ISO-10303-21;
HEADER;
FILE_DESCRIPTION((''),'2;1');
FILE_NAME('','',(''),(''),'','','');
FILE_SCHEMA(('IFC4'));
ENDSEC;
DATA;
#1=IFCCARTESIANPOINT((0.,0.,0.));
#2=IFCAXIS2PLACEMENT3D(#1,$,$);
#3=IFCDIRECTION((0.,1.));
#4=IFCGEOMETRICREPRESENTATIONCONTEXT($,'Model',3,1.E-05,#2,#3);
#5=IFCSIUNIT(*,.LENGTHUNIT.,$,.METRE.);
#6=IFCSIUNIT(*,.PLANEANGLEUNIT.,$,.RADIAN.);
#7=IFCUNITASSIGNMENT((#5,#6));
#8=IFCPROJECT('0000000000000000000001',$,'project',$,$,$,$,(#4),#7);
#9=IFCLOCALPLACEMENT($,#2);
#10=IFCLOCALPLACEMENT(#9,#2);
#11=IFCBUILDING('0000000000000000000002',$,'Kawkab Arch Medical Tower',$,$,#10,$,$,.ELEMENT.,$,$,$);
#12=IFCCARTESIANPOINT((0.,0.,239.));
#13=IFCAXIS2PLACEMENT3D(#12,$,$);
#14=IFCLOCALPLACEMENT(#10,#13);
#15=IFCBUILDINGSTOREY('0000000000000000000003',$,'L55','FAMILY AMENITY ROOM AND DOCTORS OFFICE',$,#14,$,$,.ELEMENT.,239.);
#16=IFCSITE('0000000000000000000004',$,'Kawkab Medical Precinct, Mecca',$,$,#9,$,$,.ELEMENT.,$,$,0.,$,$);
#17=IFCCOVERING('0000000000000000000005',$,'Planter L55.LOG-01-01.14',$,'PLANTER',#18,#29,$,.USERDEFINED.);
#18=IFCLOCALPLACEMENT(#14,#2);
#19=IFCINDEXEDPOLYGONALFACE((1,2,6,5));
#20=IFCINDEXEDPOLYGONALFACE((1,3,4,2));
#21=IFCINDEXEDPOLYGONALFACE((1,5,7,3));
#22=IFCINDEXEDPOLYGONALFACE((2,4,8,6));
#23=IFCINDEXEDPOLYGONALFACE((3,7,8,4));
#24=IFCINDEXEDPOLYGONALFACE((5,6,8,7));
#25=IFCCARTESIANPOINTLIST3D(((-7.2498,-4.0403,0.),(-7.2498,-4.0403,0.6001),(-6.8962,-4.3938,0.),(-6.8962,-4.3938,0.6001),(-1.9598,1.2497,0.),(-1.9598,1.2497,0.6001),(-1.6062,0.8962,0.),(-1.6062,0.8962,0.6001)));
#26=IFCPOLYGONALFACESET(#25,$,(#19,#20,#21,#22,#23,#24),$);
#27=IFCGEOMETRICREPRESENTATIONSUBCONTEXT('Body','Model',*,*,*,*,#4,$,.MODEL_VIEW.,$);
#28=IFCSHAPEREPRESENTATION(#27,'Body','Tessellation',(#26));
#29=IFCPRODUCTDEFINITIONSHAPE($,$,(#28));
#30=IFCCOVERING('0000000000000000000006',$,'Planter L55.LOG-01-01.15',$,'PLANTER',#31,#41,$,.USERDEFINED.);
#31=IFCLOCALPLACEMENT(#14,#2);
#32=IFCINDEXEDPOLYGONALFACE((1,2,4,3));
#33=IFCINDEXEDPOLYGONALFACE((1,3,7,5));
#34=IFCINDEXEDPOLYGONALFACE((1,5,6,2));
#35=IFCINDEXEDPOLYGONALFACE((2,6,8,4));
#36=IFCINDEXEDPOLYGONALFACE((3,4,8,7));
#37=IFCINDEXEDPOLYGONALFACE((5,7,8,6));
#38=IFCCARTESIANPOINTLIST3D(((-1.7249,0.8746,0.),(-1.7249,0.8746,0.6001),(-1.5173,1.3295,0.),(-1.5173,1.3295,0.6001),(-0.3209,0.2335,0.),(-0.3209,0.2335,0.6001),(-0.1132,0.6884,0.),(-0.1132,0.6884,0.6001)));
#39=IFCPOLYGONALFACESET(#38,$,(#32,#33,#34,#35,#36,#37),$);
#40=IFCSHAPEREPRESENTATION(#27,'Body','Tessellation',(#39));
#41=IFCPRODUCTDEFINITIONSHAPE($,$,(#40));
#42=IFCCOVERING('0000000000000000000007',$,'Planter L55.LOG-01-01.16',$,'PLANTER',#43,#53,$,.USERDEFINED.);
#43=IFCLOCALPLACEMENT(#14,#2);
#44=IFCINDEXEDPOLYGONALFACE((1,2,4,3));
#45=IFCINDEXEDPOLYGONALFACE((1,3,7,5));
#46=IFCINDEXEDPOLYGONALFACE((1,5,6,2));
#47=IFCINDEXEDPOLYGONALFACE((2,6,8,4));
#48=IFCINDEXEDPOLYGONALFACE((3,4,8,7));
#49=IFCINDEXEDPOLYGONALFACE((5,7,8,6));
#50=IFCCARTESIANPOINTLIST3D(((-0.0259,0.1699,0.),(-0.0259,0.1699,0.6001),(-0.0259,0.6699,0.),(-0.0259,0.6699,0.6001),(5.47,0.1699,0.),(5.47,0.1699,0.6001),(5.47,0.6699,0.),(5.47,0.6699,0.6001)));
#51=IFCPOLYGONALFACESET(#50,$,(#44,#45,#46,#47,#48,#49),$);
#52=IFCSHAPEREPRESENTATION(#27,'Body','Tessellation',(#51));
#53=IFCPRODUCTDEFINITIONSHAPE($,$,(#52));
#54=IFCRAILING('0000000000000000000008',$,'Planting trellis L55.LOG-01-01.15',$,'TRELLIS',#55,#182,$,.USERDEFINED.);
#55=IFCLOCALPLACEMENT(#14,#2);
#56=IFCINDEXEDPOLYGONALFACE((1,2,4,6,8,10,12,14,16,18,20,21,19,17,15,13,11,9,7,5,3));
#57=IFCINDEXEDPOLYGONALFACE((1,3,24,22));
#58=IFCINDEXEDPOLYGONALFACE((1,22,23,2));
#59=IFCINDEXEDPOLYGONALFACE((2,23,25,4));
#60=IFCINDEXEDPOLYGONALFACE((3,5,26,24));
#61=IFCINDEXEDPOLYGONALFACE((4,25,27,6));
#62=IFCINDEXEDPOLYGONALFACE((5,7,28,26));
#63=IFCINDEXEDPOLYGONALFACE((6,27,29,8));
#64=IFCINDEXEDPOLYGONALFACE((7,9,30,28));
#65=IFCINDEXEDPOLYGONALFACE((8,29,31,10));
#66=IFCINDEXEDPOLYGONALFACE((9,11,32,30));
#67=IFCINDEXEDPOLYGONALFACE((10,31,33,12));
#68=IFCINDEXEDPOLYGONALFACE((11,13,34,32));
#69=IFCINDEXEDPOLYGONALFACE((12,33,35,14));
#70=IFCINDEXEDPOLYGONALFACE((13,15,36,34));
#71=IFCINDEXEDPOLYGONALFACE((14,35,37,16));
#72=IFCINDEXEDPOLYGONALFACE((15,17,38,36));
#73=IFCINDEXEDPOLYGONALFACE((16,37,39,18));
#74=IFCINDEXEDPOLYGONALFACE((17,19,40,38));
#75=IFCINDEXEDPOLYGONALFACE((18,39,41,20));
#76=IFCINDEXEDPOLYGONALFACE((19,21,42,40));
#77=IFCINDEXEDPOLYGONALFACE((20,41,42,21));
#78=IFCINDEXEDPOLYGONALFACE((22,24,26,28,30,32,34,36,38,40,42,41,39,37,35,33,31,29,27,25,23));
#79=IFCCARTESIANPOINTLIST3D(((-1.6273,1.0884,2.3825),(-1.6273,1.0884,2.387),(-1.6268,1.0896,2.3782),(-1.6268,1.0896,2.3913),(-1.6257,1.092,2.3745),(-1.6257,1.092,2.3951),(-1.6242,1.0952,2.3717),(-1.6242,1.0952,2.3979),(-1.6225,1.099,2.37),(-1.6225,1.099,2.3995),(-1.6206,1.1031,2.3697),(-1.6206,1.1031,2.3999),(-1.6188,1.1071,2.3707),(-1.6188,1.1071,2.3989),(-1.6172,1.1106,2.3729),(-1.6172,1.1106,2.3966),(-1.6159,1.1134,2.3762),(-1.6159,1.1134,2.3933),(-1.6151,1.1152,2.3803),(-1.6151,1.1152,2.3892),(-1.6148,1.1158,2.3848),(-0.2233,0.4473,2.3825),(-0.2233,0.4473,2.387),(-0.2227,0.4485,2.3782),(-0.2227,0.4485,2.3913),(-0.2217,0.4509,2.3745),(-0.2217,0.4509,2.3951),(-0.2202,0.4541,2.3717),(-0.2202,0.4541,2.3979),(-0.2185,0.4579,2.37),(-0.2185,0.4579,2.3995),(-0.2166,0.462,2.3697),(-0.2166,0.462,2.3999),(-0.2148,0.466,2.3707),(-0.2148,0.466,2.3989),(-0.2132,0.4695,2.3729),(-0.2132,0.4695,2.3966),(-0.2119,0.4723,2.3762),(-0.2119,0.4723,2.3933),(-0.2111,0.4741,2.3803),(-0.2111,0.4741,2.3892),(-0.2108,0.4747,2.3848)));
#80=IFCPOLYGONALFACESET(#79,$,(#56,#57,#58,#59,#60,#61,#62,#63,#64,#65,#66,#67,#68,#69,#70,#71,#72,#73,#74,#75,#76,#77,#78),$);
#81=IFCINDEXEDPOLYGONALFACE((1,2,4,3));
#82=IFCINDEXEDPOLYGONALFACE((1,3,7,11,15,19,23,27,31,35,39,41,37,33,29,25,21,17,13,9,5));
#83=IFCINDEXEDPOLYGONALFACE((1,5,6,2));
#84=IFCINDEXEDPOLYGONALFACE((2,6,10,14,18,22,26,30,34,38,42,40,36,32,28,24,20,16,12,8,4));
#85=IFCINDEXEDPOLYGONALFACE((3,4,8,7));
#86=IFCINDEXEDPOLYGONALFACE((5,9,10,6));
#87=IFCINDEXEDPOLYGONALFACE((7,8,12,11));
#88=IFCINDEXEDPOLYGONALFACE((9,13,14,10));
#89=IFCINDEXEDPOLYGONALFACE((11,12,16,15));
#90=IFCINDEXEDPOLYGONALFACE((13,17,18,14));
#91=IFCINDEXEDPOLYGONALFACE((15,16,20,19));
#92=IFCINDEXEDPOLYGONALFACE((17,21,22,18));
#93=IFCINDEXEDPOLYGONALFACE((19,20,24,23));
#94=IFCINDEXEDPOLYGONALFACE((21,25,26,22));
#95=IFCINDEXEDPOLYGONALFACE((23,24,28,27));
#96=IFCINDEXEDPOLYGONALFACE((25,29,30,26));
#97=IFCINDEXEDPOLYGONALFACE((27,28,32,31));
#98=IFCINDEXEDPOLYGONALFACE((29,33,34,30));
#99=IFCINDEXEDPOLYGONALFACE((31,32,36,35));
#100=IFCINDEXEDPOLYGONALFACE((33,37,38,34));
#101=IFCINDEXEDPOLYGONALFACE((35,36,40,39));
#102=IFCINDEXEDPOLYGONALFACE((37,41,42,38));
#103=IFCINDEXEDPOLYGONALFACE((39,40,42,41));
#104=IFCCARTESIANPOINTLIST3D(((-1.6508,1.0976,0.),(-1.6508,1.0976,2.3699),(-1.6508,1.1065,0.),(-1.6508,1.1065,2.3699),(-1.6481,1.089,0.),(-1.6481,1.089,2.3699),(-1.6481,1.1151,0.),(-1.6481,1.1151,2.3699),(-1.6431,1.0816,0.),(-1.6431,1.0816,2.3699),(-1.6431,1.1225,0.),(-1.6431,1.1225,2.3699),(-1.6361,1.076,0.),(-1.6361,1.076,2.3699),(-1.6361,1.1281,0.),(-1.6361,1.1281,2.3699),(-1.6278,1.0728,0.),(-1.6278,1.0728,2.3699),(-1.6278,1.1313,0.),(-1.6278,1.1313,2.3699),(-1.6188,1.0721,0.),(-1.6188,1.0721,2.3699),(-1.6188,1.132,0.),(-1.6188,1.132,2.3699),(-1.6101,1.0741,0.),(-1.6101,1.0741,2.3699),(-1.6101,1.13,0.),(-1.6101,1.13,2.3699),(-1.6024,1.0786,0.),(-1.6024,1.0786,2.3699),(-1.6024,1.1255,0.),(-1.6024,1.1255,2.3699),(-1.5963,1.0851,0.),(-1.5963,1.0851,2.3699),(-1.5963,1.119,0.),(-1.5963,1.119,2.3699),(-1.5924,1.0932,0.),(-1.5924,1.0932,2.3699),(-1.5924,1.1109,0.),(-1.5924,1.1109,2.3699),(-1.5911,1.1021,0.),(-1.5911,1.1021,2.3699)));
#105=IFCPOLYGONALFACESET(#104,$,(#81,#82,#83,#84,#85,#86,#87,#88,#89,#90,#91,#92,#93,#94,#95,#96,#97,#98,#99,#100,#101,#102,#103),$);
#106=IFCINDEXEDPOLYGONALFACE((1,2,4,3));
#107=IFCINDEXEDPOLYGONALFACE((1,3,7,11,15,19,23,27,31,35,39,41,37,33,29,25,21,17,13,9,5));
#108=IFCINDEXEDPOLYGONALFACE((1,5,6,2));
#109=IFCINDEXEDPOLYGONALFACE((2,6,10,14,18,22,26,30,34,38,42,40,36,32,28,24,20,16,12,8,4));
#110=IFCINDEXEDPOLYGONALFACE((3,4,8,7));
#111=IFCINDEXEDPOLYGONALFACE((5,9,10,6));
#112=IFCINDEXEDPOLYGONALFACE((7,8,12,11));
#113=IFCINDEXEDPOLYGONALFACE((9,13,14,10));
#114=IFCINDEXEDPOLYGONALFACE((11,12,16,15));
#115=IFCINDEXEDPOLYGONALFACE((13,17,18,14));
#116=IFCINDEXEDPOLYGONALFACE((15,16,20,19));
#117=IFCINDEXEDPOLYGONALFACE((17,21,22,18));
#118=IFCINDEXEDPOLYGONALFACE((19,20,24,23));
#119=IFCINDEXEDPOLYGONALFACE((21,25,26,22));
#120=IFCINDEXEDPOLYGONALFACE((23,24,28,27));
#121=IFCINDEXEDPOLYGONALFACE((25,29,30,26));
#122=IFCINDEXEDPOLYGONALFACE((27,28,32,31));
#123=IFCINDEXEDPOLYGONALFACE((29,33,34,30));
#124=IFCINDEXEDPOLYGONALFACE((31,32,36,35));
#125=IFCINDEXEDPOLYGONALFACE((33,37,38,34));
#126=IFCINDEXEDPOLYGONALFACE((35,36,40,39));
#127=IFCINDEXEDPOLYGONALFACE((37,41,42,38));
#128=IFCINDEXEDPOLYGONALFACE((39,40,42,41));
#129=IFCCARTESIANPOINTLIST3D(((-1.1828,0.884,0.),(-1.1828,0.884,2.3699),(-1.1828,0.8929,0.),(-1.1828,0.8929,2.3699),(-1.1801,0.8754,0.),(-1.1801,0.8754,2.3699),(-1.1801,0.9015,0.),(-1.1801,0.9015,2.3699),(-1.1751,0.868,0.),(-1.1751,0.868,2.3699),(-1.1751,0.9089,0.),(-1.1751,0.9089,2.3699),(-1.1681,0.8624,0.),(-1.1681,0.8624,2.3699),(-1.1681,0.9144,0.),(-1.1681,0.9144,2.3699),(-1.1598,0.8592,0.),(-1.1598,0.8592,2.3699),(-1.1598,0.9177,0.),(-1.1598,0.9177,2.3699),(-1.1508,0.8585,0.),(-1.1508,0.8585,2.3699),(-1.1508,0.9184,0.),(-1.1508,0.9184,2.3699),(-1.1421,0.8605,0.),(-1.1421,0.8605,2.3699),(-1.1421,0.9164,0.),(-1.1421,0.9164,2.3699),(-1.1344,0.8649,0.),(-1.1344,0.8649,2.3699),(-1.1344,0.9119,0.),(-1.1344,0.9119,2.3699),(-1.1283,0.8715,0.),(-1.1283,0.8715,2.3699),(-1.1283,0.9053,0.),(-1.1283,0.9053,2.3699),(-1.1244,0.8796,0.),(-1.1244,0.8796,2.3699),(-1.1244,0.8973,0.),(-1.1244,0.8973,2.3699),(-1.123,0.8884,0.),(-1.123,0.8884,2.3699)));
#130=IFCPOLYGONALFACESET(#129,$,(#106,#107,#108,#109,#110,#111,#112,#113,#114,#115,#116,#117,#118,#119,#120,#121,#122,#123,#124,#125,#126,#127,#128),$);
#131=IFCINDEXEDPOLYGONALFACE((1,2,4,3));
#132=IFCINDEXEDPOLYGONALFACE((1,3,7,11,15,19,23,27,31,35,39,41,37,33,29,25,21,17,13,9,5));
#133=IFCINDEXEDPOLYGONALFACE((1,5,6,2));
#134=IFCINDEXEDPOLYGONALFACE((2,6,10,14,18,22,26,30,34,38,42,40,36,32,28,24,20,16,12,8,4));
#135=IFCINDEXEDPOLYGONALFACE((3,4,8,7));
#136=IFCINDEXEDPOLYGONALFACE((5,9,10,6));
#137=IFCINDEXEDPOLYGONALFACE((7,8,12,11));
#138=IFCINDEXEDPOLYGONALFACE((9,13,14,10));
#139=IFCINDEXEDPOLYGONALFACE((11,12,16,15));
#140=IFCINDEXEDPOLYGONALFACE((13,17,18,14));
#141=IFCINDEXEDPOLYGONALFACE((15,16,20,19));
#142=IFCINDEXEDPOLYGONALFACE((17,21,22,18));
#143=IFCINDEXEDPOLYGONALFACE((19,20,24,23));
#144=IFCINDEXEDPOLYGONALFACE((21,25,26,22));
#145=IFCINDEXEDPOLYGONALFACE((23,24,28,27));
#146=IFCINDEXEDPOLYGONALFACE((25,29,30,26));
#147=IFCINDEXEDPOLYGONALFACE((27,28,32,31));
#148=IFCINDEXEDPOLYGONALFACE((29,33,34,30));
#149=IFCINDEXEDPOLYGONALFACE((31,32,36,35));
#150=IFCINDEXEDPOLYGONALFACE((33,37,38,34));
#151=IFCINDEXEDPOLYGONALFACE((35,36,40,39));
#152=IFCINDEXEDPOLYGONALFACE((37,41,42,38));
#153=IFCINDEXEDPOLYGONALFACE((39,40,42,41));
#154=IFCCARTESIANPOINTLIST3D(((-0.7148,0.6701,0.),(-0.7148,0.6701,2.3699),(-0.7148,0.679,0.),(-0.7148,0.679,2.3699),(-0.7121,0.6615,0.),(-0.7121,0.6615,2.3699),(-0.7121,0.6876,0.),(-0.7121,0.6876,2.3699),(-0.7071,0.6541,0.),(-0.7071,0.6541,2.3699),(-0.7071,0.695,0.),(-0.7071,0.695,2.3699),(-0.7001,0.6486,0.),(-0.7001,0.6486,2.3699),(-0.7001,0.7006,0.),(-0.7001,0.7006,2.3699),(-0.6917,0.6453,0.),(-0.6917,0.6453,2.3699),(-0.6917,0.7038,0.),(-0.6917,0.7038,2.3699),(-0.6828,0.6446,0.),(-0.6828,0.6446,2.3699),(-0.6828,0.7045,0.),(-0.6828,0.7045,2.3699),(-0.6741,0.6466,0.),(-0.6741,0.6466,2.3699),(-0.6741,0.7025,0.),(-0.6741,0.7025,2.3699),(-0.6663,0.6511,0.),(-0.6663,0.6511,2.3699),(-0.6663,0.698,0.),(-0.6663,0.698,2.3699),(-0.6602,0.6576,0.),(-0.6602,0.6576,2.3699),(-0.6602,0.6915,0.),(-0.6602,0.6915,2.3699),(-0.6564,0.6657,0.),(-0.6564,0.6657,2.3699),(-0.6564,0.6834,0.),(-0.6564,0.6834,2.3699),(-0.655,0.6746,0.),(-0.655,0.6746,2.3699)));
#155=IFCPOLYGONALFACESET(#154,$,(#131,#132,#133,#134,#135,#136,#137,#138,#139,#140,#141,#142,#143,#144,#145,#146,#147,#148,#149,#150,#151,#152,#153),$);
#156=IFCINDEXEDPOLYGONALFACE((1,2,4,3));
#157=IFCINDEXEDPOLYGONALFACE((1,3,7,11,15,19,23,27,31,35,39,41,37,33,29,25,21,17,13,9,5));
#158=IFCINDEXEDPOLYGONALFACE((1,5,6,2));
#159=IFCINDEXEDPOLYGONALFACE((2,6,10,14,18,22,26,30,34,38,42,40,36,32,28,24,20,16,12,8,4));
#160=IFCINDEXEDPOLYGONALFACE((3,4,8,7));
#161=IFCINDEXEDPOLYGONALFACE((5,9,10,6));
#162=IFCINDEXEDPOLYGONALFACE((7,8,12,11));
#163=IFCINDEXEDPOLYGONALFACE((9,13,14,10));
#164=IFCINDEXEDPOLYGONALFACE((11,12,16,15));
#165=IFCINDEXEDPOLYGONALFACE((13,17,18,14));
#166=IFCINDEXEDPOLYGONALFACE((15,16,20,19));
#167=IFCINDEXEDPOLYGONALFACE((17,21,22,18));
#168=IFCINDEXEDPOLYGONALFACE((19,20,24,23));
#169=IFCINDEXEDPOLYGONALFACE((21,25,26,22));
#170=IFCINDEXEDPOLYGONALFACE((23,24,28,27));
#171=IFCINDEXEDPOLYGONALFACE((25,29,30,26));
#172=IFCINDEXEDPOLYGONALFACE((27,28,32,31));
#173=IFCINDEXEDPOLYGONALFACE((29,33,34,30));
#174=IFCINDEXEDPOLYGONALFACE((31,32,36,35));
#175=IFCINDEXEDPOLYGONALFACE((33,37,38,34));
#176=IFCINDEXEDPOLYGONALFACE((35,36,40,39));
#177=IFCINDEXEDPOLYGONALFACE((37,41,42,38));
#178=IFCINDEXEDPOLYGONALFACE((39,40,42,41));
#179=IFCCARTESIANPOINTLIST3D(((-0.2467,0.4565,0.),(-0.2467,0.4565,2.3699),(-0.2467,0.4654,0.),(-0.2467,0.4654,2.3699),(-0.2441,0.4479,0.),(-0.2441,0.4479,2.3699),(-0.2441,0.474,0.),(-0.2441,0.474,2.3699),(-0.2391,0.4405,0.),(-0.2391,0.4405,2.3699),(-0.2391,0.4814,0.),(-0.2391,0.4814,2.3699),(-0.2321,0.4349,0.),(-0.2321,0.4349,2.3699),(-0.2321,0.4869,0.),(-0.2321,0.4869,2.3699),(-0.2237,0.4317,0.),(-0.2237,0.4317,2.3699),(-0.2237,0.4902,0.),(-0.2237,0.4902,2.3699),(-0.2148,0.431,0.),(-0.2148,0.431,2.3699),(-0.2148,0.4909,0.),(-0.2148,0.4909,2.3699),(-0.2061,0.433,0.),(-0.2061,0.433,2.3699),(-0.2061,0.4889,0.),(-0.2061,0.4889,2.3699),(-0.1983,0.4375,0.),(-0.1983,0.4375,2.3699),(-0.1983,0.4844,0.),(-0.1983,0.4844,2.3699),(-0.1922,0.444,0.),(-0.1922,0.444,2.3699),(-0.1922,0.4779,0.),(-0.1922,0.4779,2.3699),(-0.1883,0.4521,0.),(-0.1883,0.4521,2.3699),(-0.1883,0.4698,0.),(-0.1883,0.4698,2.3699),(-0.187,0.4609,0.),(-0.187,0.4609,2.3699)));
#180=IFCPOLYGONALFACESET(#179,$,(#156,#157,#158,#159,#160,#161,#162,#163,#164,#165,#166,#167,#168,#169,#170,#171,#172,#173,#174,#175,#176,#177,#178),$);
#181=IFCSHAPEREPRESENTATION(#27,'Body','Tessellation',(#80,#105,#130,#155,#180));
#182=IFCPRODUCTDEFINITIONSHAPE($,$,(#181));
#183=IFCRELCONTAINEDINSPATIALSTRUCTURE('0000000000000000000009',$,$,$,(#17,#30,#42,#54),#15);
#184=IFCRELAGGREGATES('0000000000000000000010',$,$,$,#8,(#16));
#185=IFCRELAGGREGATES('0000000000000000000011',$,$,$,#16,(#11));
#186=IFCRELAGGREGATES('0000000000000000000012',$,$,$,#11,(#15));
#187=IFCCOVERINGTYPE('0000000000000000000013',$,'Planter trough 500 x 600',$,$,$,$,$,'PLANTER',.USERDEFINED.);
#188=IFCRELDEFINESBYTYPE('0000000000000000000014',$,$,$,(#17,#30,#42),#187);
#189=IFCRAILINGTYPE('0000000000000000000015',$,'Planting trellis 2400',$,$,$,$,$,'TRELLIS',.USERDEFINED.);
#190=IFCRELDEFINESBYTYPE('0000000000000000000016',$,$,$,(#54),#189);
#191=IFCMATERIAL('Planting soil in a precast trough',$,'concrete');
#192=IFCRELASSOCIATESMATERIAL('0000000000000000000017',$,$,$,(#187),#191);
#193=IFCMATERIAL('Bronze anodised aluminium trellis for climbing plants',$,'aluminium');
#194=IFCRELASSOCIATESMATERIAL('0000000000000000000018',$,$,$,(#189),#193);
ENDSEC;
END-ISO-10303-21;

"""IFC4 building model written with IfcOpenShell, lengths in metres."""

from ifc_helpers import new_model, si_unit, direction, frame, origin, origin_2d, place, context, subcontext, project, spatial, rectangle, circle, extrude, material, material_profile, profile_set, type_object, element, save


model = new_model("IFC4")

# Units and contexts
model_context = context("Model", 3, precision=1e-05, world=origin(), true_north=direction((0.0, 1.0)))
body_context = subcontext(model_context, "Body", "Model", "MODEL_VIEW")
ifc_project = project(units=[si_unit("LENGTHUNIT", "METRE"), si_unit("PLANEANGLEUNIT", "RADIAN")], contexts=[model_context])

# Site, building, storey
site_placement = place(None, origin())
site = spatial("IfcSite", under=ifc_project, at=site_placement, Name="Kawkab Medical Precinct, Mecca", CompositionType="ELEMENT", RefElevation=0.0)
building_placement = place(site_placement, origin())
building = spatial("IfcBuilding", under=site, at=building_placement, Name="Kawkab Arch Medical Tower", CompositionType="ELEMENT")
storey_placement = place(building_placement, frame((0.0, 0.0, 239.0)))
storey = spatial("IfcBuildingStorey", under=building, at=storey_placement, Name="L55", Description="FAMILY AMENITY ROOM AND DOCTORS OFFICE", CompositionType="ELEMENT", Elevation=239.0)

# Coverings
ifc_material_1 = material(Name="Planting soil in a precast trough", Category="concrete")
ifc_material_profile_1 = material_profile(ifc_material_1, rectangle(XDim=0.5, YDim=0.6001, at=origin_2d()), Name="Trough 500x600")
ifc_profile_set_1 = profile_set([ifc_material_profile_1], Name="Planting soil in a precast trough")
covering_type_1 = type_object("IfcCoveringType", Name="Planter trough 500 x 600", ElementType="PLANTER", PredefinedType="USERDEFINED", material=ifc_profile_set_1)
covering_1_placement = place(storey_placement, frame((-7.073, -4.217, 0.3), z_axis=(0.707107, 0.707107, 0.0), x_axis=(-0.707107, 0.707107, 0.0)))
element("IfcCovering", 1, at=covering_1_placement, inside=storey, type_object=covering_type_1, Name="Planter L55.LOG-01-01.14", ObjectType="PLANTER", PredefinedType="USERDEFINED", context=body_context, shape_type="SweptSolid", body=[
    extrude(rectangle(XDim=0.5, YDim=0.6001, at=origin_2d()), origin(), (0.0, 0.0, 1.0), 7.4812),
])
covering_2_placement = place(storey_placement, frame((-1.6211, 1.1021, 0.3), z_axis=(0.909656, -0.415363, 0.0), x_axis=(0.415363, 0.909656, 0.0)))
element("IfcCovering", 2, at=covering_2_placement, inside=storey, type_object=covering_type_1, Name="Planter L55.LOG-01-01.15", ObjectType="PLANTER", PredefinedType="USERDEFINED", context=body_context, shape_type="SweptSolid", body=[
    extrude(rectangle(XDim=0.5, YDim=0.6001, at=origin_2d()), origin(), (0.0, 0.0, 1.0), 1.5435),
])
covering_3_placement = place(storey_placement, frame((-0.0259, 0.4199, 0.3), z_axis=(1.0, 0.0, 0.0), x_axis=(0.0, 1.0, 0.0)))
element("IfcCovering", 3, at=covering_3_placement, inside=storey, type_object=covering_type_1, Name="Planter L55.LOG-01-01.16", ObjectType="PLANTER", PredefinedType="USERDEFINED", context=body_context, shape_type="SweptSolid", body=[
    extrude(rectangle(XDim=0.5, YDim=0.6001, at=origin_2d()), origin(), (0.0, 0.0, 1.0), 5.4958),
])

# Railing
ifc_material_2 = material(Name="Bronze anodised aluminium trellis for climbing plants", Category="aluminium")
railing_type = type_object("IfcRailingType", Name="Planting trellis 2400", ElementType="TRELLIS", PredefinedType="USERDEFINED", material=ifc_material_2)
railing_placement = place(storey_placement, frame((-1.6211, 1.1021, 0.0)))
element("IfcRailing", 4, at=railing_placement, inside=storey, type_object=railing_type, Name="Planting trellis L55.LOG-01-01.15", ObjectType="TRELLIS", PredefinedType="USERDEFINED", context=body_context, shape_type="SweptSolid", body=[
    extrude(circle(Radius=0.0151, at=origin_2d()), frame((0.0, 0.0, 2.3848), z_axis=(0.909656, -0.415363, 0.0), x_axis=(0.415363, 0.909656, 0.0)), (0.0, 0.0, 1.0), 1.5435),
    extrude(circle(Radius=0.03, at=origin_2d()), origin(), (0.0, 0.0, 1.0), 2.3699),
    extrude(circle(Radius=0.03, at=origin_2d()), frame((0.468, -0.2136, 0.0)), (0.0, 0.0, 1.0), 2.3699),
    extrude(circle(Radius=0.03, at=origin_2d()), frame((0.936, -0.4275, 0.0)), (0.0, 0.0, 1.0), 2.3699),
    extrude(circle(Radius=0.03, at=origin_2d()), frame((1.4041, -0.6411, 0.0)), (0.0, 0.0, 1.0), 2.3699),
])

save(model, "model.ifc")
